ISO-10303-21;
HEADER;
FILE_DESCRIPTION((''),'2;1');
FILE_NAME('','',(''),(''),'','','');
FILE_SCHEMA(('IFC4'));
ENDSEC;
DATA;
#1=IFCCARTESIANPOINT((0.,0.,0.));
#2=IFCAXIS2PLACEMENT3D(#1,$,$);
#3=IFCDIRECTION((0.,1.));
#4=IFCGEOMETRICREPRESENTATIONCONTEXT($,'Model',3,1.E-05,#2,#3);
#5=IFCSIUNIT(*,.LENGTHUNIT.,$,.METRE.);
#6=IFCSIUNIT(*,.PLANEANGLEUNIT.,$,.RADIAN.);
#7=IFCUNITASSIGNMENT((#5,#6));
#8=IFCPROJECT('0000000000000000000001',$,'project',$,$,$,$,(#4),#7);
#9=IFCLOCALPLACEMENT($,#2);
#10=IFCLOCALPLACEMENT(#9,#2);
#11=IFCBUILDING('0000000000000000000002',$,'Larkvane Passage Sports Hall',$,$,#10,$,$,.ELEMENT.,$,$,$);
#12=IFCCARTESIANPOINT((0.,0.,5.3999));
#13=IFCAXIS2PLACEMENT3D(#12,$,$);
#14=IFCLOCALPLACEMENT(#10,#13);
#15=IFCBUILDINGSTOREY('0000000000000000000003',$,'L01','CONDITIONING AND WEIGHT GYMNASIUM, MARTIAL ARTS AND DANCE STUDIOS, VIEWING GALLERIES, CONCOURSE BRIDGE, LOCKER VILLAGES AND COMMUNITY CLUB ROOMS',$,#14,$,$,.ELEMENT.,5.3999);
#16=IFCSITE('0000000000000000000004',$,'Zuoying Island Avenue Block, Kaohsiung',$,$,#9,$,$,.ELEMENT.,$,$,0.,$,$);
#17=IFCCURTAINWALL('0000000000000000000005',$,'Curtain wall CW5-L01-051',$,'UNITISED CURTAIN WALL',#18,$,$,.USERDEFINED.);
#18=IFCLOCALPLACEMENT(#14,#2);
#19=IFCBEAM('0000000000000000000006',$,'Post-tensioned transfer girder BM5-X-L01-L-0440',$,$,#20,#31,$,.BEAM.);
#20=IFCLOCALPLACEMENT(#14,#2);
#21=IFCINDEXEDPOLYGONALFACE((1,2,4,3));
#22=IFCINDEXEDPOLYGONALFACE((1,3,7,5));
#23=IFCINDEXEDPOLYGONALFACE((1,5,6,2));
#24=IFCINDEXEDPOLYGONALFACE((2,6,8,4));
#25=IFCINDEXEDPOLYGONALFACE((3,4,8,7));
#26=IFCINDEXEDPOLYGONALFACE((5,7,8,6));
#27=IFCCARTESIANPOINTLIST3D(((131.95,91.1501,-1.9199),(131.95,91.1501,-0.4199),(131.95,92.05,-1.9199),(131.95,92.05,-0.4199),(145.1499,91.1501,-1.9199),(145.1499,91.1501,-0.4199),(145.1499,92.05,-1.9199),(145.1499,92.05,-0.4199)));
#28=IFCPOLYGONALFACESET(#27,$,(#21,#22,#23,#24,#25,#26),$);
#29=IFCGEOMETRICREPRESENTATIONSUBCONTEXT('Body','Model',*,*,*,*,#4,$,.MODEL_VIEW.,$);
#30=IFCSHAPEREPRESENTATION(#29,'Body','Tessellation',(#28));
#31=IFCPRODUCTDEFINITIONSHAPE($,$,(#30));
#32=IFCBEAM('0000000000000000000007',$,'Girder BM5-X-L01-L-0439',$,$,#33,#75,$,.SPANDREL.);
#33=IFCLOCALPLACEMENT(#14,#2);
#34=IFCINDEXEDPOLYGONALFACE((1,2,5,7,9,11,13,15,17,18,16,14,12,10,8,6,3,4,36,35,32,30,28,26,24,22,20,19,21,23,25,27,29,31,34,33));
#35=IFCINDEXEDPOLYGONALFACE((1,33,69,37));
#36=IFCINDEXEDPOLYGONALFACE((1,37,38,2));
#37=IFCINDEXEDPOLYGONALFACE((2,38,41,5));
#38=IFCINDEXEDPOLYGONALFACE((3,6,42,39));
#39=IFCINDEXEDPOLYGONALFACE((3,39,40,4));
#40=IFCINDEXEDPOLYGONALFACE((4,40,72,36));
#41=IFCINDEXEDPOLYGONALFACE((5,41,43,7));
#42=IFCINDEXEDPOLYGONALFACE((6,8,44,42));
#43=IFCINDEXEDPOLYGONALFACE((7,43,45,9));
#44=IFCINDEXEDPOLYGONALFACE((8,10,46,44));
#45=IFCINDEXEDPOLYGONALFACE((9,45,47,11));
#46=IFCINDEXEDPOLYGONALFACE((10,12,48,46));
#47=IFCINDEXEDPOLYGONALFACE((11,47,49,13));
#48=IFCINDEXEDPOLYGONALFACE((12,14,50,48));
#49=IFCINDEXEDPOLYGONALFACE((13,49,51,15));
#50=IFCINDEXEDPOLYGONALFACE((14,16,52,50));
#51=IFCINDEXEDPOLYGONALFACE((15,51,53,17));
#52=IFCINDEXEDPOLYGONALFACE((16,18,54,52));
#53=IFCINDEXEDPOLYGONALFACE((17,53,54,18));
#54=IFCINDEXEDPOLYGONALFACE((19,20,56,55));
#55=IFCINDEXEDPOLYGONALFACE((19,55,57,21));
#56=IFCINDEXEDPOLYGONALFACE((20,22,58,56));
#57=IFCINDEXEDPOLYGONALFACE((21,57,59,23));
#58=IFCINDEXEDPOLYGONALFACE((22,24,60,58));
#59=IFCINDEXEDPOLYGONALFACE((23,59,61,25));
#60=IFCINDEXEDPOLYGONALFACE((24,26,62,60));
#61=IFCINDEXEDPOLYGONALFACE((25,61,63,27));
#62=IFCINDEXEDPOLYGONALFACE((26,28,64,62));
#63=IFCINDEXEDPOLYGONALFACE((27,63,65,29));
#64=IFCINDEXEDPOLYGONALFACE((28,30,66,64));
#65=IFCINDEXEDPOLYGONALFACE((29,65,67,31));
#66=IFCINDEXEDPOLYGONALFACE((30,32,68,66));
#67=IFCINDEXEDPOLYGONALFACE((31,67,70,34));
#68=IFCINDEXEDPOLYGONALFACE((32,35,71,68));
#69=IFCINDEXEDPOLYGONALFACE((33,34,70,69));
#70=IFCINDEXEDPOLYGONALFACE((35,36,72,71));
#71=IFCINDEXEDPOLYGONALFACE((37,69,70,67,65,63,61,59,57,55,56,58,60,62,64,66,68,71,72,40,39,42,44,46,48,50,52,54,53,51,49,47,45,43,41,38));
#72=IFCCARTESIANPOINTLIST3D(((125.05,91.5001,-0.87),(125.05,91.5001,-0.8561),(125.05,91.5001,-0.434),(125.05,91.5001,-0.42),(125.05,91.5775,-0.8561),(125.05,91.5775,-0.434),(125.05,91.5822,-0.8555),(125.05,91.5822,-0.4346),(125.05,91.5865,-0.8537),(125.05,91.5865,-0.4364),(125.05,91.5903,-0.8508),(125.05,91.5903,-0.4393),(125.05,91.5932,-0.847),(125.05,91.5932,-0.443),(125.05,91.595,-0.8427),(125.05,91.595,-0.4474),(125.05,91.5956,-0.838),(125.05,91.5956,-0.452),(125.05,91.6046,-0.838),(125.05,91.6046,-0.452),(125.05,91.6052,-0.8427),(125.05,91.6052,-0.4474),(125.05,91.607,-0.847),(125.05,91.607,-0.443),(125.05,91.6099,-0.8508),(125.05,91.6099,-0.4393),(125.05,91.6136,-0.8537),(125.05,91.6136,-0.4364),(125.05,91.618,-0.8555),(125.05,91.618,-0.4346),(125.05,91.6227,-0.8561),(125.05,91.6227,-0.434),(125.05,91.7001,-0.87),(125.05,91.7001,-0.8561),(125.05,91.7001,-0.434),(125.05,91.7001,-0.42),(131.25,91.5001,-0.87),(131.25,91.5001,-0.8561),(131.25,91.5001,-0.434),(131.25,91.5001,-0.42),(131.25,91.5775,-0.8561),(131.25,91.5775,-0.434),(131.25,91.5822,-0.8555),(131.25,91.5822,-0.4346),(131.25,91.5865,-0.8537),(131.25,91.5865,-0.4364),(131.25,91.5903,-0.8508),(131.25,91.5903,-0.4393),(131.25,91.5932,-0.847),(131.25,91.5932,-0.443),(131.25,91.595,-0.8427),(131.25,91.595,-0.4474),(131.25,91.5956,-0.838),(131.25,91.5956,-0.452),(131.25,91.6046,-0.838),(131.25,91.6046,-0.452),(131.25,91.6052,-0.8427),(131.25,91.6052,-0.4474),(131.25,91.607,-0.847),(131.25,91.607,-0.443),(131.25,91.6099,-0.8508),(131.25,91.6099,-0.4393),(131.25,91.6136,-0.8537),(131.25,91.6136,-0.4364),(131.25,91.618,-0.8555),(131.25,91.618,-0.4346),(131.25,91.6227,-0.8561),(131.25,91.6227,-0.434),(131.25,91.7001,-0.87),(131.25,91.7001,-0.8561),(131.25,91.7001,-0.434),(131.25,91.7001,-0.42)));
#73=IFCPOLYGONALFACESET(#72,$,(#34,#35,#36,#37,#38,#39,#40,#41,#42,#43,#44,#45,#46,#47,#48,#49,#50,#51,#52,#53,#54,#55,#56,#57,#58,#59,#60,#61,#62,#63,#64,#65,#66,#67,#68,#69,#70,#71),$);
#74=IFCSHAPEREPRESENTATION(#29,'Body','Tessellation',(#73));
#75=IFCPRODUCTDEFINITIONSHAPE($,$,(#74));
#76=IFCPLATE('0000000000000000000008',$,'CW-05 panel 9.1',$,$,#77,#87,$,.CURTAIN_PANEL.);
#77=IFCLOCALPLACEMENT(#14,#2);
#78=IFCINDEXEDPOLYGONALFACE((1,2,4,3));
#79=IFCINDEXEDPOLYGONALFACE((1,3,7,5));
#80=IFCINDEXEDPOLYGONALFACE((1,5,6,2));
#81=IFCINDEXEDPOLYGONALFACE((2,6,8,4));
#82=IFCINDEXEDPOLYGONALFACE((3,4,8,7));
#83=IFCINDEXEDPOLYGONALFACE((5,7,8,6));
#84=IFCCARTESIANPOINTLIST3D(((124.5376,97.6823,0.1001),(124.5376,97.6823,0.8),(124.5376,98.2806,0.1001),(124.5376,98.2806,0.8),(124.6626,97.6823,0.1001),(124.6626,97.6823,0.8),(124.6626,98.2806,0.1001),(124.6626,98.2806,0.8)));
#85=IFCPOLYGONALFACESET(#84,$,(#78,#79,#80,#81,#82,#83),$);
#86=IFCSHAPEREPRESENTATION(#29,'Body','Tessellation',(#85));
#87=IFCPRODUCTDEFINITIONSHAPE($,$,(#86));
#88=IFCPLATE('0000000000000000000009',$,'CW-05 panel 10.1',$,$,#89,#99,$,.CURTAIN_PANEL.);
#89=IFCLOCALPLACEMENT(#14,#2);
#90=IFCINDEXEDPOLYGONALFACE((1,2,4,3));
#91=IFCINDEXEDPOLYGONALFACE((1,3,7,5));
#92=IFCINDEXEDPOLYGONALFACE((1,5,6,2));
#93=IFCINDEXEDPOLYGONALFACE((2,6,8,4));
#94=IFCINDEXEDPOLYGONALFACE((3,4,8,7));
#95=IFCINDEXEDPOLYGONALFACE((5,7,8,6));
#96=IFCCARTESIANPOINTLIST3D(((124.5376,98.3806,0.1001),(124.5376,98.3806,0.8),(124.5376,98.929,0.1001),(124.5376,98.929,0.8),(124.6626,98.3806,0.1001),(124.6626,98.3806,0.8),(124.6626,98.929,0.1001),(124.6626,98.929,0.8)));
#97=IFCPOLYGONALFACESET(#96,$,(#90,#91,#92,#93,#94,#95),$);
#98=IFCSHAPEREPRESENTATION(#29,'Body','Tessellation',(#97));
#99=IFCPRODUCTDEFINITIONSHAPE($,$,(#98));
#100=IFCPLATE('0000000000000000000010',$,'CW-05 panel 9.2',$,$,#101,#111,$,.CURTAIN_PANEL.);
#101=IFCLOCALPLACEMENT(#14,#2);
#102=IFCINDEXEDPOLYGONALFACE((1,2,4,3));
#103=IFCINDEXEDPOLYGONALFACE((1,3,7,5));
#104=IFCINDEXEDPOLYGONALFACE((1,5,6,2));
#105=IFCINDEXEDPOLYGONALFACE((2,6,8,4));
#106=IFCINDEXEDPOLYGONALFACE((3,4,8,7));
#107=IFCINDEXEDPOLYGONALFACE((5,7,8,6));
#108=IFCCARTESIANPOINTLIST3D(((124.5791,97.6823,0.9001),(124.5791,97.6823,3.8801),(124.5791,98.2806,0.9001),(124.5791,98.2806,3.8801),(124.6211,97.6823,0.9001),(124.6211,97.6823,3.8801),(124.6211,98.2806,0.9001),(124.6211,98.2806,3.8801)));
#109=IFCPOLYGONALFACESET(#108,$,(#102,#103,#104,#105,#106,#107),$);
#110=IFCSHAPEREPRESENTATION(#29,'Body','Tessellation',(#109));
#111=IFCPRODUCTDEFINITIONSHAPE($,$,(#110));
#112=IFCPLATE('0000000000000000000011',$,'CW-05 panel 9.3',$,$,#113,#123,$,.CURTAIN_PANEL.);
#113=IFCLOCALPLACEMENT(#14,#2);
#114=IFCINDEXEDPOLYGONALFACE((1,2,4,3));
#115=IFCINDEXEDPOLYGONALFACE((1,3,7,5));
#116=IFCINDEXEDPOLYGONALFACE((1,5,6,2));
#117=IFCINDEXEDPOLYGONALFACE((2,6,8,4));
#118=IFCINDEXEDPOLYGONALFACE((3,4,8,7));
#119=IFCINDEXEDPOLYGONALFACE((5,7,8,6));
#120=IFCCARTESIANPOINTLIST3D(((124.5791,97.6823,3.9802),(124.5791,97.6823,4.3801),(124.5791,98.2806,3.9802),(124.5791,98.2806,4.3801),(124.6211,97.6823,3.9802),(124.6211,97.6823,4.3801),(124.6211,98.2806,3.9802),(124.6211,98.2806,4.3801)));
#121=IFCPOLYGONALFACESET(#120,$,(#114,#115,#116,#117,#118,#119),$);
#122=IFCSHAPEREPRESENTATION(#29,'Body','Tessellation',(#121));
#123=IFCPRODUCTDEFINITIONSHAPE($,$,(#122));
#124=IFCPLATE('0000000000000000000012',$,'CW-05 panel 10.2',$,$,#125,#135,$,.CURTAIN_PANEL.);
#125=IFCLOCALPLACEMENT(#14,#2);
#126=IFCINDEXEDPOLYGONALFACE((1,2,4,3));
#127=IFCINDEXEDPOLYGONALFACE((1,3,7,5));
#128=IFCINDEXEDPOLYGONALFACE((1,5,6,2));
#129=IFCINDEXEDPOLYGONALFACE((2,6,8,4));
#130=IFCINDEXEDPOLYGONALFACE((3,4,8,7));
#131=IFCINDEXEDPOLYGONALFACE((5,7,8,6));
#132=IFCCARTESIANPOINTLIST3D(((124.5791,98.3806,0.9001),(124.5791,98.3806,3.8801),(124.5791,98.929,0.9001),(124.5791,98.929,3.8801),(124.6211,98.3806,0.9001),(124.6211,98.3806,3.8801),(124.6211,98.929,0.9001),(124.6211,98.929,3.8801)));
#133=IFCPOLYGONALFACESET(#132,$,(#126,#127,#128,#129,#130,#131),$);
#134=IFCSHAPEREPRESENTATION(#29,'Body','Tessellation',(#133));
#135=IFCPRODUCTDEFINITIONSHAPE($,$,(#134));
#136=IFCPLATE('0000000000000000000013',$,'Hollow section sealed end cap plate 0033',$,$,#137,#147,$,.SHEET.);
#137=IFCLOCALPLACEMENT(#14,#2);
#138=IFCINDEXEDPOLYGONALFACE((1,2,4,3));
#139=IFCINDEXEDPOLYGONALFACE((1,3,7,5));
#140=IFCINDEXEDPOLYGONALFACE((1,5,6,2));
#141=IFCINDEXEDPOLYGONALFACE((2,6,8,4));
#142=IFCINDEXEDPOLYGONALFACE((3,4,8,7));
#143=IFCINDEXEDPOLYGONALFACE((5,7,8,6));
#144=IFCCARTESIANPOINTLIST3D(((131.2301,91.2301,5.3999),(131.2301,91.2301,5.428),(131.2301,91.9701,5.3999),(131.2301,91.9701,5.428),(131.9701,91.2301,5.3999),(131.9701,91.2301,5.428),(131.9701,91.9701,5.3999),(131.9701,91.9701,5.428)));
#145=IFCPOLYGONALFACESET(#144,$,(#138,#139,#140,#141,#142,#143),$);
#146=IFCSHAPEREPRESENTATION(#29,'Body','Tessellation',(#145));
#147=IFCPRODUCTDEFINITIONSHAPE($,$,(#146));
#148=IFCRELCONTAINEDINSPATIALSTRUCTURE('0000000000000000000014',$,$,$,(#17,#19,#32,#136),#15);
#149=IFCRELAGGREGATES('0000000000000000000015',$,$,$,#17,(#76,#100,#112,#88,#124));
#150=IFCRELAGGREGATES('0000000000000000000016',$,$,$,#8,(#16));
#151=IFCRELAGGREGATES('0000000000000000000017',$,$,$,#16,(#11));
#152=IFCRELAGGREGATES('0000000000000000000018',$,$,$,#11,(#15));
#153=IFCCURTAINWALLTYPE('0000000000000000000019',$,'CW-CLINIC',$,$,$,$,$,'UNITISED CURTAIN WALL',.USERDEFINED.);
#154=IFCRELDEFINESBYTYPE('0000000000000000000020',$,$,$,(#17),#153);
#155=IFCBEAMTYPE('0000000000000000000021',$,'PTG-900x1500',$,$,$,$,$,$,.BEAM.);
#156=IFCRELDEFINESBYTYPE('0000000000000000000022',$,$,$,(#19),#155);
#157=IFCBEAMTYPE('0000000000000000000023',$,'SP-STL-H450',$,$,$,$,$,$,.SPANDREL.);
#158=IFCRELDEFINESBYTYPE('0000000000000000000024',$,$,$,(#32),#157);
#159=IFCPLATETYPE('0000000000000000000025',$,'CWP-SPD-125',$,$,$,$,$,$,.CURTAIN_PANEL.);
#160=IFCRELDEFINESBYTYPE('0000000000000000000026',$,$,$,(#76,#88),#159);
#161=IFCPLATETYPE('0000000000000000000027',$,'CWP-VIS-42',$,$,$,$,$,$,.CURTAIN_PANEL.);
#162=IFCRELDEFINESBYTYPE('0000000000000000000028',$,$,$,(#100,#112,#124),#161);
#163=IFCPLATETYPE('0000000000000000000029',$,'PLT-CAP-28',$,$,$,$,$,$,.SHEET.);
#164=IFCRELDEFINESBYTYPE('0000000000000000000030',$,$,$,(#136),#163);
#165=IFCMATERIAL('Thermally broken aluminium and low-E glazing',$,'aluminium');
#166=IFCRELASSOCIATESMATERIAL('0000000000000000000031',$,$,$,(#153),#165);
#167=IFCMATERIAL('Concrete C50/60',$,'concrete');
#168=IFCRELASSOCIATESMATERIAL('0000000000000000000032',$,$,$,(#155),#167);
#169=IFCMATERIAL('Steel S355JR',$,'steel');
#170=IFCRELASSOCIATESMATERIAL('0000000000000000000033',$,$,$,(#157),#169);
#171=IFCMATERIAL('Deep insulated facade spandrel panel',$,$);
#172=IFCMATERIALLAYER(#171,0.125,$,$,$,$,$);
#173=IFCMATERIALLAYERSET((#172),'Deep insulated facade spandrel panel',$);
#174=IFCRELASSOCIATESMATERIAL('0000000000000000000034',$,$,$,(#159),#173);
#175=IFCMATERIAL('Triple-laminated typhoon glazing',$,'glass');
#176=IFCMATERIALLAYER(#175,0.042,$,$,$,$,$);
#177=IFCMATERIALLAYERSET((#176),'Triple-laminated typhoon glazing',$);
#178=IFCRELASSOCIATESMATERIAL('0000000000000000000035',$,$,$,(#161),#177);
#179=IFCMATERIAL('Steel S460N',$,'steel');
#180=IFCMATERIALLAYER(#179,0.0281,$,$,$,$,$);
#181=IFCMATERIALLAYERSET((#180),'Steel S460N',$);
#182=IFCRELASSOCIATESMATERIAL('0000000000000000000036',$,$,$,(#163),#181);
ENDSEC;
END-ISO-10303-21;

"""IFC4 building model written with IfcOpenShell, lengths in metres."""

from ifc_helpers import new_model, si_unit, direction, frame, origin, origin_2d, place, context, subcontext, project, spatial, rectangle, i_section, extrude, material, layer, layer_set, material_profile, profile_set, type_object, element, aggregate, save


model = new_model("IFC4")

# Units and contexts
model_context = context("Model", 3, precision=1e-05, world=origin(), true_north=direction((0.0, 1.0)))
body_context = subcontext(model_context, "Body", "Model", "MODEL_VIEW")
ifc_project = project(units=[si_unit("LENGTHUNIT", "METRE"), si_unit("PLANEANGLEUNIT", "RADIAN")], contexts=[model_context])

# Site, building, storey
site_placement = place(None, origin())
site = spatial("IfcSite", under=ifc_project, at=site_placement, Name="Zuoying Island Avenue Block, Kaohsiung", CompositionType="ELEMENT", RefElevation=0.0)
building_placement = place(site_placement, origin())
building = spatial("IfcBuilding", under=site, at=building_placement, Name="Larkvane Passage Sports Hall", CompositionType="ELEMENT")
storey_placement = place(building_placement, frame((0.0, 0.0, 5.3999)))
storey = spatial("IfcBuildingStorey", under=building, at=storey_placement, Name="L01", Description="CONDITIONING AND WEIGHT GYMNASIUM, MARTIAL ARTS AND DANCE STUDIOS, VIEWING GALLERIES, CONCOURSE BRIDGE, LOCKER VILLAGES AND COMMUNITY CLUB ROOMS", CompositionType="ELEMENT", Elevation=5.3999)

# Shared definitions
ifc_material_1 = material(Name="Steel S460N", Category="steel")

# Curtain wall
ifc_material_2 = material(Name="Thermally broken aluminium and low-E glazing", Category="aluminium")
curtain_wall_type = type_object("IfcCurtainWallType", Name="CW-CLINIC", ElementType="UNITISED CURTAIN WALL", PredefinedType="USERDEFINED", material=ifc_material_2)
curtain_wall_placement = place(storey_placement, origin())
curtain_wall = element("IfcCurtainWall", 1, at=curtain_wall_placement, inside=storey, type_object=curtain_wall_type, Name="Curtain wall CW5-L01-051", ObjectType="UNITISED CURTAIN WALL", PredefinedType="USERDEFINED")

# Beams
ifc_material_3 = material(Name="Steel S355JR", Category="steel")
ifc_material_4 = material(Name="Concrete C50/60", Category="concrete")
ifc_material_profile_1 = material_profile(ifc_material_4, rectangle(XDim=0.8999, YDim=1.5, at=origin_2d()), Name="PT-GIR-900x1500")
ifc_profile_set_1 = profile_set([ifc_material_profile_1], Name="Concrete C50/60")
beam_type_1 = type_object("IfcBeamType", Name="PTG-900x1500", PredefinedType="BEAM", material=ifc_profile_set_1)
beam_1_placement = place(storey_placement, frame((131.95, 91.6001, -1.1699), z_axis=(1.0, 0.0, 0.0), x_axis=(0.0, 1.0, 0.0)))
element("IfcBeam", 2, at=beam_1_placement, inside=storey, type_object=beam_type_1, Name="Post-tensioned transfer girder BM5-X-L01-L-0440", PredefinedType="BEAM", context=body_context, shape_type="SweptSolid", body=[
    extrude(rectangle(XDim=0.8999, YDim=1.5, at=origin_2d()), origin(), (0.0, 0.0, 1.0), 13.2),
])
ifc_material_profile_2 = material_profile(ifc_material_3, i_section(OverallWidth=0.2, OverallDepth=0.45, WebThickness=0.009, FlangeThickness=0.0139, FilletRadius=0.0181, at=origin_2d()), Name="H-450x200x9x14")
ifc_profile_set_2 = profile_set([ifc_material_profile_2], Name="Steel S355JR")
beam_type_2 = type_object("IfcBeamType", Name="SP-STL-H450", PredefinedType="SPANDREL", material=ifc_profile_set_2)
beam_2_placement = place(storey_placement, frame((125.05, 91.6001, -0.645), z_axis=(1.0, 0.0, 0.0), x_axis=(0.0, 1.0, 0.0)))
element("IfcBeam", 3, at=beam_2_placement, inside=storey, type_object=beam_type_2, Name="Girder BM5-X-L01-L-0439", PredefinedType="SPANDREL", context=body_context, shape_type="SweptSolid", body=[
    extrude(i_section(OverallWidth=0.2, OverallDepth=0.45, WebThickness=0.009, FlangeThickness=0.0139, FilletRadius=0.0181, at=origin_2d()), origin(), (0.0, 0.0, 1.0), 6.2),
])

# Plates
ifc_material_5 = material(Name="Deep insulated facade spandrel panel")
ifc_layer_1 = layer(ifc_material_5, 0.125)
ifc_layer_set_1 = layer_set([ifc_layer_1], Name="Deep insulated facade spandrel panel")
plate_type_1 = type_object("IfcPlateType", Name="CWP-SPD-125", PredefinedType="CURTAIN_PANEL", material=ifc_layer_set_1)
plate_1_placement = place(storey_placement, frame((124.6001, 97.9814, 0.1001), z_axis=(0.0, 0.0, 1.0), x_axis=(0.0, 1.0, 0.0)))
plate_1 = element("IfcPlate", 4, at=plate_1_placement, type_object=plate_type_1, Name="CW-05 panel 9.1", PredefinedType="CURTAIN_PANEL", context=body_context, shape_type="SweptSolid", body=[
    extrude(rectangle(XDim=0.5984, YDim=0.125, at=origin_2d()), origin(), (0.0, 0.0, 1.0), 0.7),
])
plate_2_placement = place(storey_placement, frame((124.6001, 98.6548, 0.1001), z_axis=(0.0, 0.0, 1.0), x_axis=(0.0, 1.0, 0.0)))
plate_2 = element("IfcPlate", 5, at=plate_2_placement, type_object=plate_type_1, Name="CW-05 panel 10.1", PredefinedType="CURTAIN_PANEL", context=body_context, shape_type="SweptSolid", body=[
    extrude(rectangle(XDim=0.5483, YDim=0.125, at=origin_2d()), origin(), (0.0, 0.0, 1.0), 0.7),
])
ifc_material_6 = material(Name="Triple-laminated typhoon glazing", Category="glass")
ifc_layer_2 = layer(ifc_material_6, 0.042)
ifc_layer_set_2 = layer_set([ifc_layer_2], Name="Triple-laminated typhoon glazing")
plate_type_2 = type_object("IfcPlateType", Name="CWP-VIS-42", PredefinedType="CURTAIN_PANEL", material=ifc_layer_set_2)
plate_3_placement = place(storey_placement, frame((124.6001, 97.9814, 0.9001), z_axis=(0.0, 0.0, 1.0), x_axis=(0.0, 1.0, 0.0)))
plate_3 = element("IfcPlate", 6, at=plate_3_placement, type_object=plate_type_2, Name="CW-05 panel 9.2", PredefinedType="CURTAIN_PANEL", context=body_context, shape_type="SweptSolid", body=[
    extrude(rectangle(XDim=0.5984, YDim=0.042, at=origin_2d()), origin(), (0.0, 0.0, 1.0), 2.98),
])
plate_4_placement = place(storey_placement, frame((124.6001, 97.9814, 3.9802), z_axis=(0.0, 0.0, 1.0), x_axis=(0.0, 1.0, 0.0)))
plate_4 = element("IfcPlate", 7, at=plate_4_placement, type_object=plate_type_2, Name="CW-05 panel 9.3", PredefinedType="CURTAIN_PANEL", context=body_context, shape_type="SweptSolid", body=[
    extrude(rectangle(XDim=0.5984, YDim=0.042, at=origin_2d()), origin(), (0.0, 0.0, 1.0), 0.3999),
])
plate_5_placement = place(storey_placement, frame((124.6001, 98.6548, 0.9001), z_axis=(0.0, 0.0, 1.0), x_axis=(0.0, 1.0, 0.0)))
plate_5 = element("IfcPlate", 8, at=plate_5_placement, type_object=plate_type_2, Name="CW-05 panel 10.2", PredefinedType="CURTAIN_PANEL", context=body_context, shape_type="SweptSolid", body=[
    extrude(rectangle(XDim=0.5483, YDim=0.042, at=origin_2d()), origin(), (0.0, 0.0, 1.0), 2.98),
])
aggregate(curtain_wall, [plate_1, plate_3, plate_4, plate_2, plate_5])
ifc_layer_3 = layer(ifc_material_1, 0.0281)
ifc_layer_set_3 = layer_set([ifc_layer_3], Name="Steel S460N")
plate_type_3 = type_object("IfcPlateType", Name="PLT-CAP-28", PredefinedType="SHEET", material=ifc_layer_set_3)
plate_6_placement = place(storey_placement, frame((131.6001, 91.6001, 5.3999), z_axis=(0.0, 0.0, 1.0), x_axis=(1.0, 0.0, 0.0)))
element("IfcPlate", 9, at=plate_6_placement, inside=storey, type_object=plate_type_3, Name="Hollow section sealed end cap plate 0033", PredefinedType="SHEET", context=body_context, shape_type="SweptSolid", body=[
    extrude(rectangle(XDim=0.74, YDim=0.74, at=origin_2d()), origin(), (0.0, 0.0, 1.0), 0.0281),
])

save(model, "model.ifc")
